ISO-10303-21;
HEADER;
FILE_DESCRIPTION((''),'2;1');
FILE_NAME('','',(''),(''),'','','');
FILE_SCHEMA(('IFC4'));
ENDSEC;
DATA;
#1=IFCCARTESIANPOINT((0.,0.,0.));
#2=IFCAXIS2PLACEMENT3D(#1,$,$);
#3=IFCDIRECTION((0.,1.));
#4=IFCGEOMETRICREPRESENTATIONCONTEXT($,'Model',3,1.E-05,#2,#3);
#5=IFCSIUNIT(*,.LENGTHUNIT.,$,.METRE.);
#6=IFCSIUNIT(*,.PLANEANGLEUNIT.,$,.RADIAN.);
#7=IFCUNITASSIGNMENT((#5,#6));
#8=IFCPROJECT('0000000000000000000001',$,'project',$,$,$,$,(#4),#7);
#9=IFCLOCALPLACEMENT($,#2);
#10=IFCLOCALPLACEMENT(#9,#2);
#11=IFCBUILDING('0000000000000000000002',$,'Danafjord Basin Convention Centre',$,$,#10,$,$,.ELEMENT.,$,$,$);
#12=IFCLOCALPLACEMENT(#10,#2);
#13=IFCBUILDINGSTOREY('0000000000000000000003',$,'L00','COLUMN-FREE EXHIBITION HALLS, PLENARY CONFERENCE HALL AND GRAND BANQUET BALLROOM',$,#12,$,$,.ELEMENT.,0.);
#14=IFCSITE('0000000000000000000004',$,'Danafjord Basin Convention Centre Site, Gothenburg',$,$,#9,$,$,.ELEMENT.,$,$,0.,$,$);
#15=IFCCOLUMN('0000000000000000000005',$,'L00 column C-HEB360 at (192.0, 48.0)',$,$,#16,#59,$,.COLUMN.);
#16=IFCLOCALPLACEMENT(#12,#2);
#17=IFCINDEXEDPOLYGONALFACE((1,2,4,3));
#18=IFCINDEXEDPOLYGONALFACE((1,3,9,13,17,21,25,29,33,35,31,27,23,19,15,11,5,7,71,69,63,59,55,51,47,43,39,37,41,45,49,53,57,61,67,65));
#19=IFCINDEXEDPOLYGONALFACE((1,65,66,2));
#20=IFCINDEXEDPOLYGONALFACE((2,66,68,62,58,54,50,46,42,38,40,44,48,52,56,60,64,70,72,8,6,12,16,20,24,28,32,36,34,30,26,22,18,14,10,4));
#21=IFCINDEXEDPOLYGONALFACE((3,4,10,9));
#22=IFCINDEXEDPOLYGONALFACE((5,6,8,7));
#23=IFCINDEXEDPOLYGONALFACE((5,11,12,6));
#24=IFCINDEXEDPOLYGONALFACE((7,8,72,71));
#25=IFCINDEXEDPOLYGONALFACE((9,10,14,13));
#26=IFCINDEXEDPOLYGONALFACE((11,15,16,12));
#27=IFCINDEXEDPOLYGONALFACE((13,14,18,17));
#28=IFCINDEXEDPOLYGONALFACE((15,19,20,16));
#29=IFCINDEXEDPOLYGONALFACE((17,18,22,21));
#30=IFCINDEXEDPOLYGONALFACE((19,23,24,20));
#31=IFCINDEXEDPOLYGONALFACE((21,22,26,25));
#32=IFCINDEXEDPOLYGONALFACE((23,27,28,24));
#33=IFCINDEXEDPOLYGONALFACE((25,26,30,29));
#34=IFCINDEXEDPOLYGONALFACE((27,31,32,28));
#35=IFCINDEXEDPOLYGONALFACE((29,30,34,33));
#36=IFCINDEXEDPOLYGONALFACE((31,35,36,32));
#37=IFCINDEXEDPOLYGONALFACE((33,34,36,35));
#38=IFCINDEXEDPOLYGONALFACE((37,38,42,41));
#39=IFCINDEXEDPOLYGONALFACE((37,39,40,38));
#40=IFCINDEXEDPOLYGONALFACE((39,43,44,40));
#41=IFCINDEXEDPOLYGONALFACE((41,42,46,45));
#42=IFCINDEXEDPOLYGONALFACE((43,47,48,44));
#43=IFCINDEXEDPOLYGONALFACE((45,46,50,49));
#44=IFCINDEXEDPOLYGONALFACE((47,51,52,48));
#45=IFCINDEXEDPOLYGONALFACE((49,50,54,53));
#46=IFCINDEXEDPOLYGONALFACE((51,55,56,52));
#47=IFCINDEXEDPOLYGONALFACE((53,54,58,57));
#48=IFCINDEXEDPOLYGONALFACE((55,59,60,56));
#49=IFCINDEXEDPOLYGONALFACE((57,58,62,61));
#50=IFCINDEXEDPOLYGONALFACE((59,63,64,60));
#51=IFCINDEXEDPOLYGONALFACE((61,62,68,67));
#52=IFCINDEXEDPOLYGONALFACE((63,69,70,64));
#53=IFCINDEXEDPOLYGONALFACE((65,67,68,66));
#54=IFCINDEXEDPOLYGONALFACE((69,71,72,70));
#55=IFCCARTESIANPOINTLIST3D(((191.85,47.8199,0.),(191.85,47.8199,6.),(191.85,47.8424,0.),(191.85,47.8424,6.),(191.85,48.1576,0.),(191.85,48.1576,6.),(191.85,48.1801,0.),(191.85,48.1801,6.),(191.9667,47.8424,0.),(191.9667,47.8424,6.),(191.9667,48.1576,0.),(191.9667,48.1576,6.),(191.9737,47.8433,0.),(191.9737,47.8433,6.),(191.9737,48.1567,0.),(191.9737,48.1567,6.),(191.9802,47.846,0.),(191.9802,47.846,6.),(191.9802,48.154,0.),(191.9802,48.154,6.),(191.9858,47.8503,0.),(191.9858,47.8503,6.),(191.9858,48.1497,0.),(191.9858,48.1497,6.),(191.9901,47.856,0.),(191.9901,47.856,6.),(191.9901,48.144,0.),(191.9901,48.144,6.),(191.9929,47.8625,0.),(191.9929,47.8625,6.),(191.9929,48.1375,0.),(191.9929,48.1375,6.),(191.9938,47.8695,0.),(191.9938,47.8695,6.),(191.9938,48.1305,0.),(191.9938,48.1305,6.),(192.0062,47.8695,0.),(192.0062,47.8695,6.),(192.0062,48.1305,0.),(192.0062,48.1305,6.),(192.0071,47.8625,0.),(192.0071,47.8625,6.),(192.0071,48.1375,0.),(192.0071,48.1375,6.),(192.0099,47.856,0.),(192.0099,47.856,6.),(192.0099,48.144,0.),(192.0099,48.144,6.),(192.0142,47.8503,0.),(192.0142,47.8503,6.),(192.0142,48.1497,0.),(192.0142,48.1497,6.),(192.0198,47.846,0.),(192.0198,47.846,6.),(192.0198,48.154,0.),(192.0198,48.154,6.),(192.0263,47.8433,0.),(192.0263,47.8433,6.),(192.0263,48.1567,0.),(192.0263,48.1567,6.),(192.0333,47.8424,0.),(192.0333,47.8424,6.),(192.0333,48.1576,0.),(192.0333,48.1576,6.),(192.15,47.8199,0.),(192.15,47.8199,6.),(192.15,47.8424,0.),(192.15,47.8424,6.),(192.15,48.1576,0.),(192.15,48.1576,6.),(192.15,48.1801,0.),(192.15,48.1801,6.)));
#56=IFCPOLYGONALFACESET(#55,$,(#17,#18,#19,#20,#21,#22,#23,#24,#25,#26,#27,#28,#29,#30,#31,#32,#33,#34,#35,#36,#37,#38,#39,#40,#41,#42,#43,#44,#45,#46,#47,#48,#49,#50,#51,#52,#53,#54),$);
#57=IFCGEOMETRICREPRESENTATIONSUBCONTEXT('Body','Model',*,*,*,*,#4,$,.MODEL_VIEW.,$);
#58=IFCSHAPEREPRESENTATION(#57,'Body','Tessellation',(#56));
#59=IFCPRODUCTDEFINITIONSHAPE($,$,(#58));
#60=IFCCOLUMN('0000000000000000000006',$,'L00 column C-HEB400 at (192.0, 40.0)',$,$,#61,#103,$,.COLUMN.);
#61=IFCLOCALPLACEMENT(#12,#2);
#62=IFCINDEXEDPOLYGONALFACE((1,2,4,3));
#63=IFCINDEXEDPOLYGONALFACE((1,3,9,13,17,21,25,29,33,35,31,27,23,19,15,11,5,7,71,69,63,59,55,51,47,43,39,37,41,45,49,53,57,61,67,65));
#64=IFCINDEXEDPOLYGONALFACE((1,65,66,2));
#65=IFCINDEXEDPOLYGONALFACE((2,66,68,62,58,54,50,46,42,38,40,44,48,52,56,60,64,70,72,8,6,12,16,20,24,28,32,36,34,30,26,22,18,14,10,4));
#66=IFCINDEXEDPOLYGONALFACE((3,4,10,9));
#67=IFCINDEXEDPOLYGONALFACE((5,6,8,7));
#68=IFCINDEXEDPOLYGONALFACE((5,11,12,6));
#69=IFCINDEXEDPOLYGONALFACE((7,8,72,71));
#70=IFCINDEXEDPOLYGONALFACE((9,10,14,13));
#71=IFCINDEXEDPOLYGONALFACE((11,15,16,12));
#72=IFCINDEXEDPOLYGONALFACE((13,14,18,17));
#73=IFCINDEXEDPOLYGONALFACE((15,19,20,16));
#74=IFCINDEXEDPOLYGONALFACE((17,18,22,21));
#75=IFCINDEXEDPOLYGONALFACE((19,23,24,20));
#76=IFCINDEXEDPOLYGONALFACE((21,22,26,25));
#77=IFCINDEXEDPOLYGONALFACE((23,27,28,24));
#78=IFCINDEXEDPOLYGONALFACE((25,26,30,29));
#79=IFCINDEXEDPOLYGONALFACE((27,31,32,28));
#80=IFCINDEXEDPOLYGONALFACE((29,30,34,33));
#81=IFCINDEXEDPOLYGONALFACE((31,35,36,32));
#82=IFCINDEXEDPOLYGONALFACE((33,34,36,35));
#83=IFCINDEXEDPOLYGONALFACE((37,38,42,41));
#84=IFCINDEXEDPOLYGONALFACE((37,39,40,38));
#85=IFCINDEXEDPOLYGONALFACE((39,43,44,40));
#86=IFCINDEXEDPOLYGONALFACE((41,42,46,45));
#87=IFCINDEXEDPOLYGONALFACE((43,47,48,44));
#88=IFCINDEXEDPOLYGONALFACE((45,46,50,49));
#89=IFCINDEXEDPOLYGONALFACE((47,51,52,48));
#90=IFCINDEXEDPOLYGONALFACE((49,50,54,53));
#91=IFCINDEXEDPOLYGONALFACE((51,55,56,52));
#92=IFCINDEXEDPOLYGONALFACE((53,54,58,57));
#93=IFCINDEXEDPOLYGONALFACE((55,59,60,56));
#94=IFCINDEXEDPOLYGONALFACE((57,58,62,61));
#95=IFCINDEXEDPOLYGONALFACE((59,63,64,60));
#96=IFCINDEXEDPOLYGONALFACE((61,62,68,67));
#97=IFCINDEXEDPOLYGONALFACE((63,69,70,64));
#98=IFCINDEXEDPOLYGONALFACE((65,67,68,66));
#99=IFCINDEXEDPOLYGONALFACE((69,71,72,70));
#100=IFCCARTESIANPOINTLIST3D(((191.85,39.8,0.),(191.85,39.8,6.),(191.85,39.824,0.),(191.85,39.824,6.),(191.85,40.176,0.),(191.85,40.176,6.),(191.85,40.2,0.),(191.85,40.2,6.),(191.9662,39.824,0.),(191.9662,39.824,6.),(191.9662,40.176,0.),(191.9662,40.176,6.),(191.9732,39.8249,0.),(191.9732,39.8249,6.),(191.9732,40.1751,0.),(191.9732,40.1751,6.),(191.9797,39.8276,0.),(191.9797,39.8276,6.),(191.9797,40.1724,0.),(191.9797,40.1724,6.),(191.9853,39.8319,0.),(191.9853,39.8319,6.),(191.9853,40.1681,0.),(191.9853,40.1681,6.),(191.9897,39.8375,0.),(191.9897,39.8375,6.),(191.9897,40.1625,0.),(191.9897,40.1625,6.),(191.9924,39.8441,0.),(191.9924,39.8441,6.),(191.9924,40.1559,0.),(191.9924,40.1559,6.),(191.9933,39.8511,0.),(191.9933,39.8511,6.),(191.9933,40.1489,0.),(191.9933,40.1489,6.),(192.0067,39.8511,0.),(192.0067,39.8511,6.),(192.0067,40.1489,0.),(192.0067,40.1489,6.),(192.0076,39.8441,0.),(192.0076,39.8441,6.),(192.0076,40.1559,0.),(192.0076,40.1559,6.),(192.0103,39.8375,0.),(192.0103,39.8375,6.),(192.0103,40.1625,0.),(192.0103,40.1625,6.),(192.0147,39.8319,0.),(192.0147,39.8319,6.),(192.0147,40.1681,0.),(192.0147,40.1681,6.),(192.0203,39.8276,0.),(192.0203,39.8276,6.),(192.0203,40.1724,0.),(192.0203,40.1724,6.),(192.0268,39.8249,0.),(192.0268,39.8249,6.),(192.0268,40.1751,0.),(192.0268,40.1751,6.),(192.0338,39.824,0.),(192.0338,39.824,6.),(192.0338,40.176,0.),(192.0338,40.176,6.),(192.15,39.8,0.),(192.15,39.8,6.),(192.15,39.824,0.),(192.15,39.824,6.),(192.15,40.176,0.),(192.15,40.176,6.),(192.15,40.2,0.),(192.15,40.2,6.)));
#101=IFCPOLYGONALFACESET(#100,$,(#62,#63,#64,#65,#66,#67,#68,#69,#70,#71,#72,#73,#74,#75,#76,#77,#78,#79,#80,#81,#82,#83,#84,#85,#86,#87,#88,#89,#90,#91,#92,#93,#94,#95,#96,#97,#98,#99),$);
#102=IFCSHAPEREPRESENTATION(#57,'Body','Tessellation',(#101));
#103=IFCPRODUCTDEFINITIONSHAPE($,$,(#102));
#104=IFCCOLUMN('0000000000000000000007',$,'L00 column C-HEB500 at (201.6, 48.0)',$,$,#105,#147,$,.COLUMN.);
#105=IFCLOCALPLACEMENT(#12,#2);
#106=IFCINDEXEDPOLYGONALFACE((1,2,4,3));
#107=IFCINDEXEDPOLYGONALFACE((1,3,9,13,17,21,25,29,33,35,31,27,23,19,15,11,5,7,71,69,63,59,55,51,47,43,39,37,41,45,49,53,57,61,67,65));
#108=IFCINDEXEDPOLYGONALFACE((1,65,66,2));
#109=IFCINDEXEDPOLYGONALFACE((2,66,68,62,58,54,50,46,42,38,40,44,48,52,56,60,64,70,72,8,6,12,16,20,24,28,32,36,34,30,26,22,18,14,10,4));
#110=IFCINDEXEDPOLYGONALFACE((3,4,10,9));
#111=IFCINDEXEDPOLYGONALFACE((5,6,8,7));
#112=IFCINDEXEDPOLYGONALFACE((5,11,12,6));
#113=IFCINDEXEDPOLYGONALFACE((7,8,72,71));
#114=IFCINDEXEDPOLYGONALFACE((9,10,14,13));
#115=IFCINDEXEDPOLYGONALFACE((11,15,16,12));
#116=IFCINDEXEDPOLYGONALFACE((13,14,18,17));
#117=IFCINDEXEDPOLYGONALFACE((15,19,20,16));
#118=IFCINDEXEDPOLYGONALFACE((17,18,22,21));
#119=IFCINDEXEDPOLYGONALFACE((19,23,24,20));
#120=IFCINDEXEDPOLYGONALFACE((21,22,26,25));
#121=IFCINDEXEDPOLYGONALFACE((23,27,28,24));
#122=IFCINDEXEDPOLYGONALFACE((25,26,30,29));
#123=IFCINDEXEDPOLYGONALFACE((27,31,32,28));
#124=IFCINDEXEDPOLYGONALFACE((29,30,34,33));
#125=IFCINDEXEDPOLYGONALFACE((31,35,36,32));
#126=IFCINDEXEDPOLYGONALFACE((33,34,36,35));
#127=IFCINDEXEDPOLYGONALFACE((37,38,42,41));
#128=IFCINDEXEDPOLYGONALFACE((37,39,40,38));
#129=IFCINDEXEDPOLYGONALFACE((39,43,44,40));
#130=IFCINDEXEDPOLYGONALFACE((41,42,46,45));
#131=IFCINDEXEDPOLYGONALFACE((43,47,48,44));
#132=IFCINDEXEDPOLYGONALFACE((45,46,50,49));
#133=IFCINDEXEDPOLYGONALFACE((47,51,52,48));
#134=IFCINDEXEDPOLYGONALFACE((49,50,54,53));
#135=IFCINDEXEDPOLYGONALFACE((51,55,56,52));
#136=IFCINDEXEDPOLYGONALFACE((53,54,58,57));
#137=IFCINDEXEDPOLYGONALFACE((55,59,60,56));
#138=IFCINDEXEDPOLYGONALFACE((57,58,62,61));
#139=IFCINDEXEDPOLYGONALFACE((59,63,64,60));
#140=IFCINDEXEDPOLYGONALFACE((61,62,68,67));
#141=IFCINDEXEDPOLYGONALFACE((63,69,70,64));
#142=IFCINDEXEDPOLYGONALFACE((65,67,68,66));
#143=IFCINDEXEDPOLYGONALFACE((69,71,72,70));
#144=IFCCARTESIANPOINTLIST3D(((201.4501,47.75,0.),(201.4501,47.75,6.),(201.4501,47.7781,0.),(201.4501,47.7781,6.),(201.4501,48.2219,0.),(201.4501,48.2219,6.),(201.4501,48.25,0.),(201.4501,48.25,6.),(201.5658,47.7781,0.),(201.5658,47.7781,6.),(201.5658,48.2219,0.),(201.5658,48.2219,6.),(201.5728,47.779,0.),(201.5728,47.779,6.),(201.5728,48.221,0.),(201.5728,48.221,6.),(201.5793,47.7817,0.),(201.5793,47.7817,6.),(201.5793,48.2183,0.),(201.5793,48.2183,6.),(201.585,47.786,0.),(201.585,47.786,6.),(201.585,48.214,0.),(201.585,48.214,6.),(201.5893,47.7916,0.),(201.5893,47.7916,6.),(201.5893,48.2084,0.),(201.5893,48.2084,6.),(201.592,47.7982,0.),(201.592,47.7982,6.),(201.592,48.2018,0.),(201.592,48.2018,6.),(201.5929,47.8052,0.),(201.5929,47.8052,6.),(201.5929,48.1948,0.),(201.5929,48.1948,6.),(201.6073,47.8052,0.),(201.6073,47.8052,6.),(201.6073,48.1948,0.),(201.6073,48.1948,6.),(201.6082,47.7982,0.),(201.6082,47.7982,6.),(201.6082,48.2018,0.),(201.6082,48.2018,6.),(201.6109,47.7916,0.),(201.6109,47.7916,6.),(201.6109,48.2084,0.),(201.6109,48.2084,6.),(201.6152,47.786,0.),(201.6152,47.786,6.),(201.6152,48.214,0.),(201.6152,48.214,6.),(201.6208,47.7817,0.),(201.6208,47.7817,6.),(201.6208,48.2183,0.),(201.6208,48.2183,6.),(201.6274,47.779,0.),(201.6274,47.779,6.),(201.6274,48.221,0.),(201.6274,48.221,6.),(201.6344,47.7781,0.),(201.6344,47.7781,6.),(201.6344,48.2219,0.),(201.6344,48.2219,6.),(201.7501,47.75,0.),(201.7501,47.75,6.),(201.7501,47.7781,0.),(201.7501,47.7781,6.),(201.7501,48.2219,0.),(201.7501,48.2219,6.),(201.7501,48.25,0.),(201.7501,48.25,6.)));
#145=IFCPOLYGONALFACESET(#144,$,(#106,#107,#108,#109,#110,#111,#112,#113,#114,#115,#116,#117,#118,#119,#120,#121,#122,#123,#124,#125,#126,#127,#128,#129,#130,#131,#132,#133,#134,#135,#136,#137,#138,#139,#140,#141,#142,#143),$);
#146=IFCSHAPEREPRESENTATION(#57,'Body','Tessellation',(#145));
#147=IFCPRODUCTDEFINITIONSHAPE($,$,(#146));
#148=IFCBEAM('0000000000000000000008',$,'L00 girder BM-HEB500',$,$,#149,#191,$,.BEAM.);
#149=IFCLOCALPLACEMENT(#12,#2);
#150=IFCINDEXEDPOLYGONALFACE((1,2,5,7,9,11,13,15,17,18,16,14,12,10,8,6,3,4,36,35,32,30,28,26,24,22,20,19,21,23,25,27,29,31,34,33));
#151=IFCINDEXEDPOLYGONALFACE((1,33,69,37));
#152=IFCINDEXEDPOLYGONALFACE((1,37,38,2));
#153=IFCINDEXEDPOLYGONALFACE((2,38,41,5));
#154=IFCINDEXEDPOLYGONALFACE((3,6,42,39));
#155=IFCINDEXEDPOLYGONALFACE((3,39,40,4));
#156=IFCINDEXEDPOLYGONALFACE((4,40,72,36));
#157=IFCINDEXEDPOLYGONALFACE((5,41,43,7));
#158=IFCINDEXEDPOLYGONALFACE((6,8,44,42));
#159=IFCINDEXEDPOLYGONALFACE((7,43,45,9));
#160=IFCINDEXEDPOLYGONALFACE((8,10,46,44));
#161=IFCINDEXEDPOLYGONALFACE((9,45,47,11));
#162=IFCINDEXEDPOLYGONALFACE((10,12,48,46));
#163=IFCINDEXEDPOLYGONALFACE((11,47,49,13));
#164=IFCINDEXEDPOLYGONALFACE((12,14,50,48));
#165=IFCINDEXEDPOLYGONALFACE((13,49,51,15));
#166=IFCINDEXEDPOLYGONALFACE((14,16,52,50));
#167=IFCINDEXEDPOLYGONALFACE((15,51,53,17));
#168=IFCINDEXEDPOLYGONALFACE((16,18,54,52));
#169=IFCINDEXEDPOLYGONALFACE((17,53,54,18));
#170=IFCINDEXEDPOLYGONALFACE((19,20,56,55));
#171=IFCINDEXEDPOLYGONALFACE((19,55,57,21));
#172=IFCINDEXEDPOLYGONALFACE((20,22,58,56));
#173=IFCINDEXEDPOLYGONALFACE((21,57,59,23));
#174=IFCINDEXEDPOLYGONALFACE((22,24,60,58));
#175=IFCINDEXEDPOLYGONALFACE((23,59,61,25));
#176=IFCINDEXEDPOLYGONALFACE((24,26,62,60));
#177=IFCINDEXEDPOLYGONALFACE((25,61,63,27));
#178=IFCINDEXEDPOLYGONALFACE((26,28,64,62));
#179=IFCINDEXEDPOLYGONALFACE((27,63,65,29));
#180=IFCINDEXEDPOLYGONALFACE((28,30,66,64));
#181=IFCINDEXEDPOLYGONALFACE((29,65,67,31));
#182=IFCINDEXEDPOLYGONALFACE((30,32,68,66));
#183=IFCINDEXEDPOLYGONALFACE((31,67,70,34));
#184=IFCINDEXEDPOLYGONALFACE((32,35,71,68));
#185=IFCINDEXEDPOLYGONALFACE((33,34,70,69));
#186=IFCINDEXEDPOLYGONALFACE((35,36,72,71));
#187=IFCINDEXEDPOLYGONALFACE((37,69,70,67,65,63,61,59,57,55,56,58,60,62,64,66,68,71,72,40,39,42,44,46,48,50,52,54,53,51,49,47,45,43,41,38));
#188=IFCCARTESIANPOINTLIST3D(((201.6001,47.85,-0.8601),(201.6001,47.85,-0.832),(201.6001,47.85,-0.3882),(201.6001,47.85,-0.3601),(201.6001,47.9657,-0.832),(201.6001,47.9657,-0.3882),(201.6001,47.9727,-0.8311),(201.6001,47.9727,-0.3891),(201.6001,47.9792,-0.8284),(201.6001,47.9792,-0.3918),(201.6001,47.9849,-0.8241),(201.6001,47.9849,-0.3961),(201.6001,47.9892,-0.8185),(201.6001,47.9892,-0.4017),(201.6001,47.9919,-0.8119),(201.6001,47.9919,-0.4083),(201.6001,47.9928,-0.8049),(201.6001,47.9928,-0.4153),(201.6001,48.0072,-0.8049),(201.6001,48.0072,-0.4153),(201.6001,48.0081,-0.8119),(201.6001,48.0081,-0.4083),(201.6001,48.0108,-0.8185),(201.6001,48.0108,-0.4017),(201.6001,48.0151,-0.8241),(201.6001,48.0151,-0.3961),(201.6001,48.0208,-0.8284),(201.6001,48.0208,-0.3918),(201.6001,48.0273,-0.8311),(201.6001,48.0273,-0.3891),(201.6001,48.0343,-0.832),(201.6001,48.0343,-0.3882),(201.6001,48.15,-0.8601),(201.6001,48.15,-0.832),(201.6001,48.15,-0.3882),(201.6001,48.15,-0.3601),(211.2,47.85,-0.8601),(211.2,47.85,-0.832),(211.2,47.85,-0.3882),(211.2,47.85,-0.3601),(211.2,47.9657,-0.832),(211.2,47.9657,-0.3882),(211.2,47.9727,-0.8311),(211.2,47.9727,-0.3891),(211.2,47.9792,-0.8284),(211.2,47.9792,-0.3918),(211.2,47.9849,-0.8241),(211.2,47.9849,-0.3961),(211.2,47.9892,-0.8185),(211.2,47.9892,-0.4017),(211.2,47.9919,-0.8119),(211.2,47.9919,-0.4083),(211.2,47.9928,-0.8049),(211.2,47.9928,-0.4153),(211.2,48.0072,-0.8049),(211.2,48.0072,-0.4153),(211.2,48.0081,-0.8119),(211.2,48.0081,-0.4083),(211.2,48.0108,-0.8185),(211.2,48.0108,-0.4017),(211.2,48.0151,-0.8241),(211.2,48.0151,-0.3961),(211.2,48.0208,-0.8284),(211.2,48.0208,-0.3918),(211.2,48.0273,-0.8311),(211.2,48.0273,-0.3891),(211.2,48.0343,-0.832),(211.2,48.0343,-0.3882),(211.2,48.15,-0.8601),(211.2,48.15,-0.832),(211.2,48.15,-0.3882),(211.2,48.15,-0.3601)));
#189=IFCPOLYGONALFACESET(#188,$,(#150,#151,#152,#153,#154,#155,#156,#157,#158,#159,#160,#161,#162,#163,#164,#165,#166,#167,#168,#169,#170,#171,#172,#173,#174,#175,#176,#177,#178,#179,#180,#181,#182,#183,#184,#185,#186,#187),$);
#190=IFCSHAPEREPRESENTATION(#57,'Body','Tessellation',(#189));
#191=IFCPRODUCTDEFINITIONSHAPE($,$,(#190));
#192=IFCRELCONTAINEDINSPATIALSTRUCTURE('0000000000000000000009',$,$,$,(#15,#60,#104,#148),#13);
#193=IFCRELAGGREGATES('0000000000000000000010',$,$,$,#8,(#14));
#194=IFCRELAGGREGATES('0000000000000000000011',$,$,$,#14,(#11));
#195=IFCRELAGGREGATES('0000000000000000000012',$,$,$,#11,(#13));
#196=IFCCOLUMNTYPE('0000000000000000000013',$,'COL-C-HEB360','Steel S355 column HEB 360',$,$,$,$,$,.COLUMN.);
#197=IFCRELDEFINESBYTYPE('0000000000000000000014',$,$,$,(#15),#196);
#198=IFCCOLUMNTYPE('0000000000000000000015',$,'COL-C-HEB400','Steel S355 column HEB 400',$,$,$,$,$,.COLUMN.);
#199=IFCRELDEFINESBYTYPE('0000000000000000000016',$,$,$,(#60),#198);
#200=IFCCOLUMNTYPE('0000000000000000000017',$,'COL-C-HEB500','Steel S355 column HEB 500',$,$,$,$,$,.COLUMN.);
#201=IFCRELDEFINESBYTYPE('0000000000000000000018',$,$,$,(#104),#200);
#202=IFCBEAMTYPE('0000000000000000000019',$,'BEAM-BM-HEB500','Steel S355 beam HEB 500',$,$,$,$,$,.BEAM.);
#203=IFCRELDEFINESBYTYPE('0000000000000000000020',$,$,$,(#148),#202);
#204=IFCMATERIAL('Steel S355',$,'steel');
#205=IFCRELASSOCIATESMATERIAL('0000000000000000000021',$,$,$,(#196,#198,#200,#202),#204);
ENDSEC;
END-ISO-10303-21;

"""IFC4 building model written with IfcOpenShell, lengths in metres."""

from ifc_helpers import new_model, si_unit, direction, frame, origin, origin_2d, place, context, subcontext, project, spatial, i_section, extrude, material, material_profile, profile_set, type_object, element, save


model = new_model("IFC4")

# Units and contexts
model_context = context("Model", 3, precision=1e-05, world=origin(), true_north=direction((0.0, 1.0)))
body_context = subcontext(model_context, "Body", "Model", "MODEL_VIEW")
ifc_project = project(units=[si_unit("LENGTHUNIT", "METRE"), si_unit("PLANEANGLEUNIT", "RADIAN")], contexts=[model_context])

# Site, building, storey
site_placement = place(None, origin())
site = spatial("IfcSite", under=ifc_project, at=site_placement, Name="Danafjord Basin Convention Centre Site, Gothenburg", CompositionType="ELEMENT", RefElevation=0.0)
building_placement = place(site_placement, origin())
building = spatial("IfcBuilding", under=site, at=building_placement, Name="Danafjord Basin Convention Centre", CompositionType="ELEMENT")
storey_placement = place(building_placement, origin())
storey = spatial("IfcBuildingStorey", under=building, at=storey_placement, Name="L00", Description="COLUMN-FREE EXHIBITION HALLS, PLENARY CONFERENCE HALL AND GRAND BANQUET BALLROOM", CompositionType="ELEMENT", Elevation=0.0)

# Columns
ifc_material_1 = material(Name="Steel S355", Category="steel")
ifc_material_profile_1 = material_profile(ifc_material_1, i_section(OverallWidth=0.3, OverallDepth=0.3601, WebThickness=0.0125, FlangeThickness=0.0225, FilletRadius=0.0271, at=origin_2d()), Name="HEB 360")
ifc_profile_set_1 = profile_set([ifc_material_profile_1], Name="Steel S355")
column_type_1 = type_object("IfcColumnType", Name="COL-C-HEB360", Description="Steel S355 column HEB 360", PredefinedType="COLUMN", material=ifc_profile_set_1)
column_1_placement = place(storey_placement, frame((192.0, 48.0, 0.0), z_axis=(0.0, 0.0, 1.0), x_axis=(1.0, 0.0, 0.0)))
element("IfcColumn", 1, at=column_1_placement, inside=storey, type_object=column_type_1, Name="L00 column C-HEB360 at (192.0, 48.0)", PredefinedType="COLUMN", context=body_context, shape_type="SweptSolid", body=[
    extrude(i_section(OverallWidth=0.3, OverallDepth=0.3601, WebThickness=0.0125, FlangeThickness=0.0225, FilletRadius=0.0271, at=origin_2d()), origin(), (0.0, 0.0, 1.0), 6.0),
])
ifc_material_profile_2 = material_profile(ifc_material_1, i_section(OverallWidth=0.3, OverallDepth=0.3999, WebThickness=0.0134, FlangeThickness=0.0239, FilletRadius=0.0271, at=origin_2d()), Name="HEB 400")
ifc_profile_set_2 = profile_set([ifc_material_profile_2], Name="Steel S355")
column_type_2 = type_object("IfcColumnType", Name="COL-C-HEB400", Description="Steel S355 column HEB 400", PredefinedType="COLUMN", material=ifc_profile_set_2)
column_2_placement = place(storey_placement, frame((192.0, 40.0, 0.0), z_axis=(0.0, 0.0, 1.0), x_axis=(1.0, 0.0, 0.0)))
element("IfcColumn", 2, at=column_2_placement, inside=storey, type_object=column_type_2, Name="L00 column C-HEB400 at (192.0, 40.0)", PredefinedType="COLUMN", context=body_context, shape_type="SweptSolid", body=[
    extrude(i_section(OverallWidth=0.3, OverallDepth=0.3999, WebThickness=0.0134, FlangeThickness=0.0239, FilletRadius=0.0271, at=origin_2d()), origin(), (0.0, 0.0, 1.0), 6.0),
])
ifc_material_profile_3 = material_profile(ifc_material_1, i_section(OverallWidth=0.3, OverallDepth=0.5, WebThickness=0.0144, FlangeThickness=0.0281, FilletRadius=0.0271, at=origin_2d()), Name="HEB 500")
ifc_profile_set_3 = profile_set([ifc_material_profile_3], Name="Steel S355")
column_type_3 = type_object("IfcColumnType", Name="COL-C-HEB500", Description="Steel S355 column HEB 500", PredefinedType="COLUMN", material=ifc_profile_set_3)
column_3_placement = place(storey_placement, frame((201.6001, 48.0, 0.0), z_axis=(0.0, 0.0, 1.0), x_axis=(1.0, 0.0, 0.0)))
element("IfcColumn", 3, at=column_3_placement, inside=storey, type_object=column_type_3, Name="L00 column C-HEB500 at (201.6, 48.0)", PredefinedType="COLUMN", context=body_context, shape_type="SweptSolid", body=[
    extrude(i_section(OverallWidth=0.3, OverallDepth=0.5, WebThickness=0.0144, FlangeThickness=0.0281, FilletRadius=0.0271, at=origin_2d()), origin(), (0.0, 0.0, 1.0), 6.0),
])

# Beam
ifc_material_profile_4 = material_profile(ifc_material_1, i_section(OverallWidth=0.3, OverallDepth=0.5, WebThickness=0.0144, FlangeThickness=0.0281, FilletRadius=0.0271, at=origin_2d()), Name="HEB 500")
ifc_profile_set_4 = profile_set([ifc_material_profile_4], Name="Steel S355")
beam_type_1 = type_object("IfcBeamType", Name="BEAM-BM-HEB500", Description="Steel S355 beam HEB 500", PredefinedType="BEAM", material=ifc_profile_set_4)
beam_1_placement = place(storey_placement, frame((201.6001, 48.0, -0.6101), z_axis=(1.0, 0.0, 0.0), x_axis=(0.0, 1.0, 0.0)))
element("IfcBeam", 4, at=beam_1_placement, inside=storey, type_object=beam_type_1, Name="L00 girder BM-HEB500", PredefinedType="BEAM", context=body_context, shape_type="SweptSolid", body=[
    extrude(i_section(OverallWidth=0.3, OverallDepth=0.5, WebThickness=0.0144, FlangeThickness=0.0281, FilletRadius=0.0271, at=origin_2d()), origin(), (0.0, 0.0, 1.0), 9.5999),
])

save(model, "model.ifc")
